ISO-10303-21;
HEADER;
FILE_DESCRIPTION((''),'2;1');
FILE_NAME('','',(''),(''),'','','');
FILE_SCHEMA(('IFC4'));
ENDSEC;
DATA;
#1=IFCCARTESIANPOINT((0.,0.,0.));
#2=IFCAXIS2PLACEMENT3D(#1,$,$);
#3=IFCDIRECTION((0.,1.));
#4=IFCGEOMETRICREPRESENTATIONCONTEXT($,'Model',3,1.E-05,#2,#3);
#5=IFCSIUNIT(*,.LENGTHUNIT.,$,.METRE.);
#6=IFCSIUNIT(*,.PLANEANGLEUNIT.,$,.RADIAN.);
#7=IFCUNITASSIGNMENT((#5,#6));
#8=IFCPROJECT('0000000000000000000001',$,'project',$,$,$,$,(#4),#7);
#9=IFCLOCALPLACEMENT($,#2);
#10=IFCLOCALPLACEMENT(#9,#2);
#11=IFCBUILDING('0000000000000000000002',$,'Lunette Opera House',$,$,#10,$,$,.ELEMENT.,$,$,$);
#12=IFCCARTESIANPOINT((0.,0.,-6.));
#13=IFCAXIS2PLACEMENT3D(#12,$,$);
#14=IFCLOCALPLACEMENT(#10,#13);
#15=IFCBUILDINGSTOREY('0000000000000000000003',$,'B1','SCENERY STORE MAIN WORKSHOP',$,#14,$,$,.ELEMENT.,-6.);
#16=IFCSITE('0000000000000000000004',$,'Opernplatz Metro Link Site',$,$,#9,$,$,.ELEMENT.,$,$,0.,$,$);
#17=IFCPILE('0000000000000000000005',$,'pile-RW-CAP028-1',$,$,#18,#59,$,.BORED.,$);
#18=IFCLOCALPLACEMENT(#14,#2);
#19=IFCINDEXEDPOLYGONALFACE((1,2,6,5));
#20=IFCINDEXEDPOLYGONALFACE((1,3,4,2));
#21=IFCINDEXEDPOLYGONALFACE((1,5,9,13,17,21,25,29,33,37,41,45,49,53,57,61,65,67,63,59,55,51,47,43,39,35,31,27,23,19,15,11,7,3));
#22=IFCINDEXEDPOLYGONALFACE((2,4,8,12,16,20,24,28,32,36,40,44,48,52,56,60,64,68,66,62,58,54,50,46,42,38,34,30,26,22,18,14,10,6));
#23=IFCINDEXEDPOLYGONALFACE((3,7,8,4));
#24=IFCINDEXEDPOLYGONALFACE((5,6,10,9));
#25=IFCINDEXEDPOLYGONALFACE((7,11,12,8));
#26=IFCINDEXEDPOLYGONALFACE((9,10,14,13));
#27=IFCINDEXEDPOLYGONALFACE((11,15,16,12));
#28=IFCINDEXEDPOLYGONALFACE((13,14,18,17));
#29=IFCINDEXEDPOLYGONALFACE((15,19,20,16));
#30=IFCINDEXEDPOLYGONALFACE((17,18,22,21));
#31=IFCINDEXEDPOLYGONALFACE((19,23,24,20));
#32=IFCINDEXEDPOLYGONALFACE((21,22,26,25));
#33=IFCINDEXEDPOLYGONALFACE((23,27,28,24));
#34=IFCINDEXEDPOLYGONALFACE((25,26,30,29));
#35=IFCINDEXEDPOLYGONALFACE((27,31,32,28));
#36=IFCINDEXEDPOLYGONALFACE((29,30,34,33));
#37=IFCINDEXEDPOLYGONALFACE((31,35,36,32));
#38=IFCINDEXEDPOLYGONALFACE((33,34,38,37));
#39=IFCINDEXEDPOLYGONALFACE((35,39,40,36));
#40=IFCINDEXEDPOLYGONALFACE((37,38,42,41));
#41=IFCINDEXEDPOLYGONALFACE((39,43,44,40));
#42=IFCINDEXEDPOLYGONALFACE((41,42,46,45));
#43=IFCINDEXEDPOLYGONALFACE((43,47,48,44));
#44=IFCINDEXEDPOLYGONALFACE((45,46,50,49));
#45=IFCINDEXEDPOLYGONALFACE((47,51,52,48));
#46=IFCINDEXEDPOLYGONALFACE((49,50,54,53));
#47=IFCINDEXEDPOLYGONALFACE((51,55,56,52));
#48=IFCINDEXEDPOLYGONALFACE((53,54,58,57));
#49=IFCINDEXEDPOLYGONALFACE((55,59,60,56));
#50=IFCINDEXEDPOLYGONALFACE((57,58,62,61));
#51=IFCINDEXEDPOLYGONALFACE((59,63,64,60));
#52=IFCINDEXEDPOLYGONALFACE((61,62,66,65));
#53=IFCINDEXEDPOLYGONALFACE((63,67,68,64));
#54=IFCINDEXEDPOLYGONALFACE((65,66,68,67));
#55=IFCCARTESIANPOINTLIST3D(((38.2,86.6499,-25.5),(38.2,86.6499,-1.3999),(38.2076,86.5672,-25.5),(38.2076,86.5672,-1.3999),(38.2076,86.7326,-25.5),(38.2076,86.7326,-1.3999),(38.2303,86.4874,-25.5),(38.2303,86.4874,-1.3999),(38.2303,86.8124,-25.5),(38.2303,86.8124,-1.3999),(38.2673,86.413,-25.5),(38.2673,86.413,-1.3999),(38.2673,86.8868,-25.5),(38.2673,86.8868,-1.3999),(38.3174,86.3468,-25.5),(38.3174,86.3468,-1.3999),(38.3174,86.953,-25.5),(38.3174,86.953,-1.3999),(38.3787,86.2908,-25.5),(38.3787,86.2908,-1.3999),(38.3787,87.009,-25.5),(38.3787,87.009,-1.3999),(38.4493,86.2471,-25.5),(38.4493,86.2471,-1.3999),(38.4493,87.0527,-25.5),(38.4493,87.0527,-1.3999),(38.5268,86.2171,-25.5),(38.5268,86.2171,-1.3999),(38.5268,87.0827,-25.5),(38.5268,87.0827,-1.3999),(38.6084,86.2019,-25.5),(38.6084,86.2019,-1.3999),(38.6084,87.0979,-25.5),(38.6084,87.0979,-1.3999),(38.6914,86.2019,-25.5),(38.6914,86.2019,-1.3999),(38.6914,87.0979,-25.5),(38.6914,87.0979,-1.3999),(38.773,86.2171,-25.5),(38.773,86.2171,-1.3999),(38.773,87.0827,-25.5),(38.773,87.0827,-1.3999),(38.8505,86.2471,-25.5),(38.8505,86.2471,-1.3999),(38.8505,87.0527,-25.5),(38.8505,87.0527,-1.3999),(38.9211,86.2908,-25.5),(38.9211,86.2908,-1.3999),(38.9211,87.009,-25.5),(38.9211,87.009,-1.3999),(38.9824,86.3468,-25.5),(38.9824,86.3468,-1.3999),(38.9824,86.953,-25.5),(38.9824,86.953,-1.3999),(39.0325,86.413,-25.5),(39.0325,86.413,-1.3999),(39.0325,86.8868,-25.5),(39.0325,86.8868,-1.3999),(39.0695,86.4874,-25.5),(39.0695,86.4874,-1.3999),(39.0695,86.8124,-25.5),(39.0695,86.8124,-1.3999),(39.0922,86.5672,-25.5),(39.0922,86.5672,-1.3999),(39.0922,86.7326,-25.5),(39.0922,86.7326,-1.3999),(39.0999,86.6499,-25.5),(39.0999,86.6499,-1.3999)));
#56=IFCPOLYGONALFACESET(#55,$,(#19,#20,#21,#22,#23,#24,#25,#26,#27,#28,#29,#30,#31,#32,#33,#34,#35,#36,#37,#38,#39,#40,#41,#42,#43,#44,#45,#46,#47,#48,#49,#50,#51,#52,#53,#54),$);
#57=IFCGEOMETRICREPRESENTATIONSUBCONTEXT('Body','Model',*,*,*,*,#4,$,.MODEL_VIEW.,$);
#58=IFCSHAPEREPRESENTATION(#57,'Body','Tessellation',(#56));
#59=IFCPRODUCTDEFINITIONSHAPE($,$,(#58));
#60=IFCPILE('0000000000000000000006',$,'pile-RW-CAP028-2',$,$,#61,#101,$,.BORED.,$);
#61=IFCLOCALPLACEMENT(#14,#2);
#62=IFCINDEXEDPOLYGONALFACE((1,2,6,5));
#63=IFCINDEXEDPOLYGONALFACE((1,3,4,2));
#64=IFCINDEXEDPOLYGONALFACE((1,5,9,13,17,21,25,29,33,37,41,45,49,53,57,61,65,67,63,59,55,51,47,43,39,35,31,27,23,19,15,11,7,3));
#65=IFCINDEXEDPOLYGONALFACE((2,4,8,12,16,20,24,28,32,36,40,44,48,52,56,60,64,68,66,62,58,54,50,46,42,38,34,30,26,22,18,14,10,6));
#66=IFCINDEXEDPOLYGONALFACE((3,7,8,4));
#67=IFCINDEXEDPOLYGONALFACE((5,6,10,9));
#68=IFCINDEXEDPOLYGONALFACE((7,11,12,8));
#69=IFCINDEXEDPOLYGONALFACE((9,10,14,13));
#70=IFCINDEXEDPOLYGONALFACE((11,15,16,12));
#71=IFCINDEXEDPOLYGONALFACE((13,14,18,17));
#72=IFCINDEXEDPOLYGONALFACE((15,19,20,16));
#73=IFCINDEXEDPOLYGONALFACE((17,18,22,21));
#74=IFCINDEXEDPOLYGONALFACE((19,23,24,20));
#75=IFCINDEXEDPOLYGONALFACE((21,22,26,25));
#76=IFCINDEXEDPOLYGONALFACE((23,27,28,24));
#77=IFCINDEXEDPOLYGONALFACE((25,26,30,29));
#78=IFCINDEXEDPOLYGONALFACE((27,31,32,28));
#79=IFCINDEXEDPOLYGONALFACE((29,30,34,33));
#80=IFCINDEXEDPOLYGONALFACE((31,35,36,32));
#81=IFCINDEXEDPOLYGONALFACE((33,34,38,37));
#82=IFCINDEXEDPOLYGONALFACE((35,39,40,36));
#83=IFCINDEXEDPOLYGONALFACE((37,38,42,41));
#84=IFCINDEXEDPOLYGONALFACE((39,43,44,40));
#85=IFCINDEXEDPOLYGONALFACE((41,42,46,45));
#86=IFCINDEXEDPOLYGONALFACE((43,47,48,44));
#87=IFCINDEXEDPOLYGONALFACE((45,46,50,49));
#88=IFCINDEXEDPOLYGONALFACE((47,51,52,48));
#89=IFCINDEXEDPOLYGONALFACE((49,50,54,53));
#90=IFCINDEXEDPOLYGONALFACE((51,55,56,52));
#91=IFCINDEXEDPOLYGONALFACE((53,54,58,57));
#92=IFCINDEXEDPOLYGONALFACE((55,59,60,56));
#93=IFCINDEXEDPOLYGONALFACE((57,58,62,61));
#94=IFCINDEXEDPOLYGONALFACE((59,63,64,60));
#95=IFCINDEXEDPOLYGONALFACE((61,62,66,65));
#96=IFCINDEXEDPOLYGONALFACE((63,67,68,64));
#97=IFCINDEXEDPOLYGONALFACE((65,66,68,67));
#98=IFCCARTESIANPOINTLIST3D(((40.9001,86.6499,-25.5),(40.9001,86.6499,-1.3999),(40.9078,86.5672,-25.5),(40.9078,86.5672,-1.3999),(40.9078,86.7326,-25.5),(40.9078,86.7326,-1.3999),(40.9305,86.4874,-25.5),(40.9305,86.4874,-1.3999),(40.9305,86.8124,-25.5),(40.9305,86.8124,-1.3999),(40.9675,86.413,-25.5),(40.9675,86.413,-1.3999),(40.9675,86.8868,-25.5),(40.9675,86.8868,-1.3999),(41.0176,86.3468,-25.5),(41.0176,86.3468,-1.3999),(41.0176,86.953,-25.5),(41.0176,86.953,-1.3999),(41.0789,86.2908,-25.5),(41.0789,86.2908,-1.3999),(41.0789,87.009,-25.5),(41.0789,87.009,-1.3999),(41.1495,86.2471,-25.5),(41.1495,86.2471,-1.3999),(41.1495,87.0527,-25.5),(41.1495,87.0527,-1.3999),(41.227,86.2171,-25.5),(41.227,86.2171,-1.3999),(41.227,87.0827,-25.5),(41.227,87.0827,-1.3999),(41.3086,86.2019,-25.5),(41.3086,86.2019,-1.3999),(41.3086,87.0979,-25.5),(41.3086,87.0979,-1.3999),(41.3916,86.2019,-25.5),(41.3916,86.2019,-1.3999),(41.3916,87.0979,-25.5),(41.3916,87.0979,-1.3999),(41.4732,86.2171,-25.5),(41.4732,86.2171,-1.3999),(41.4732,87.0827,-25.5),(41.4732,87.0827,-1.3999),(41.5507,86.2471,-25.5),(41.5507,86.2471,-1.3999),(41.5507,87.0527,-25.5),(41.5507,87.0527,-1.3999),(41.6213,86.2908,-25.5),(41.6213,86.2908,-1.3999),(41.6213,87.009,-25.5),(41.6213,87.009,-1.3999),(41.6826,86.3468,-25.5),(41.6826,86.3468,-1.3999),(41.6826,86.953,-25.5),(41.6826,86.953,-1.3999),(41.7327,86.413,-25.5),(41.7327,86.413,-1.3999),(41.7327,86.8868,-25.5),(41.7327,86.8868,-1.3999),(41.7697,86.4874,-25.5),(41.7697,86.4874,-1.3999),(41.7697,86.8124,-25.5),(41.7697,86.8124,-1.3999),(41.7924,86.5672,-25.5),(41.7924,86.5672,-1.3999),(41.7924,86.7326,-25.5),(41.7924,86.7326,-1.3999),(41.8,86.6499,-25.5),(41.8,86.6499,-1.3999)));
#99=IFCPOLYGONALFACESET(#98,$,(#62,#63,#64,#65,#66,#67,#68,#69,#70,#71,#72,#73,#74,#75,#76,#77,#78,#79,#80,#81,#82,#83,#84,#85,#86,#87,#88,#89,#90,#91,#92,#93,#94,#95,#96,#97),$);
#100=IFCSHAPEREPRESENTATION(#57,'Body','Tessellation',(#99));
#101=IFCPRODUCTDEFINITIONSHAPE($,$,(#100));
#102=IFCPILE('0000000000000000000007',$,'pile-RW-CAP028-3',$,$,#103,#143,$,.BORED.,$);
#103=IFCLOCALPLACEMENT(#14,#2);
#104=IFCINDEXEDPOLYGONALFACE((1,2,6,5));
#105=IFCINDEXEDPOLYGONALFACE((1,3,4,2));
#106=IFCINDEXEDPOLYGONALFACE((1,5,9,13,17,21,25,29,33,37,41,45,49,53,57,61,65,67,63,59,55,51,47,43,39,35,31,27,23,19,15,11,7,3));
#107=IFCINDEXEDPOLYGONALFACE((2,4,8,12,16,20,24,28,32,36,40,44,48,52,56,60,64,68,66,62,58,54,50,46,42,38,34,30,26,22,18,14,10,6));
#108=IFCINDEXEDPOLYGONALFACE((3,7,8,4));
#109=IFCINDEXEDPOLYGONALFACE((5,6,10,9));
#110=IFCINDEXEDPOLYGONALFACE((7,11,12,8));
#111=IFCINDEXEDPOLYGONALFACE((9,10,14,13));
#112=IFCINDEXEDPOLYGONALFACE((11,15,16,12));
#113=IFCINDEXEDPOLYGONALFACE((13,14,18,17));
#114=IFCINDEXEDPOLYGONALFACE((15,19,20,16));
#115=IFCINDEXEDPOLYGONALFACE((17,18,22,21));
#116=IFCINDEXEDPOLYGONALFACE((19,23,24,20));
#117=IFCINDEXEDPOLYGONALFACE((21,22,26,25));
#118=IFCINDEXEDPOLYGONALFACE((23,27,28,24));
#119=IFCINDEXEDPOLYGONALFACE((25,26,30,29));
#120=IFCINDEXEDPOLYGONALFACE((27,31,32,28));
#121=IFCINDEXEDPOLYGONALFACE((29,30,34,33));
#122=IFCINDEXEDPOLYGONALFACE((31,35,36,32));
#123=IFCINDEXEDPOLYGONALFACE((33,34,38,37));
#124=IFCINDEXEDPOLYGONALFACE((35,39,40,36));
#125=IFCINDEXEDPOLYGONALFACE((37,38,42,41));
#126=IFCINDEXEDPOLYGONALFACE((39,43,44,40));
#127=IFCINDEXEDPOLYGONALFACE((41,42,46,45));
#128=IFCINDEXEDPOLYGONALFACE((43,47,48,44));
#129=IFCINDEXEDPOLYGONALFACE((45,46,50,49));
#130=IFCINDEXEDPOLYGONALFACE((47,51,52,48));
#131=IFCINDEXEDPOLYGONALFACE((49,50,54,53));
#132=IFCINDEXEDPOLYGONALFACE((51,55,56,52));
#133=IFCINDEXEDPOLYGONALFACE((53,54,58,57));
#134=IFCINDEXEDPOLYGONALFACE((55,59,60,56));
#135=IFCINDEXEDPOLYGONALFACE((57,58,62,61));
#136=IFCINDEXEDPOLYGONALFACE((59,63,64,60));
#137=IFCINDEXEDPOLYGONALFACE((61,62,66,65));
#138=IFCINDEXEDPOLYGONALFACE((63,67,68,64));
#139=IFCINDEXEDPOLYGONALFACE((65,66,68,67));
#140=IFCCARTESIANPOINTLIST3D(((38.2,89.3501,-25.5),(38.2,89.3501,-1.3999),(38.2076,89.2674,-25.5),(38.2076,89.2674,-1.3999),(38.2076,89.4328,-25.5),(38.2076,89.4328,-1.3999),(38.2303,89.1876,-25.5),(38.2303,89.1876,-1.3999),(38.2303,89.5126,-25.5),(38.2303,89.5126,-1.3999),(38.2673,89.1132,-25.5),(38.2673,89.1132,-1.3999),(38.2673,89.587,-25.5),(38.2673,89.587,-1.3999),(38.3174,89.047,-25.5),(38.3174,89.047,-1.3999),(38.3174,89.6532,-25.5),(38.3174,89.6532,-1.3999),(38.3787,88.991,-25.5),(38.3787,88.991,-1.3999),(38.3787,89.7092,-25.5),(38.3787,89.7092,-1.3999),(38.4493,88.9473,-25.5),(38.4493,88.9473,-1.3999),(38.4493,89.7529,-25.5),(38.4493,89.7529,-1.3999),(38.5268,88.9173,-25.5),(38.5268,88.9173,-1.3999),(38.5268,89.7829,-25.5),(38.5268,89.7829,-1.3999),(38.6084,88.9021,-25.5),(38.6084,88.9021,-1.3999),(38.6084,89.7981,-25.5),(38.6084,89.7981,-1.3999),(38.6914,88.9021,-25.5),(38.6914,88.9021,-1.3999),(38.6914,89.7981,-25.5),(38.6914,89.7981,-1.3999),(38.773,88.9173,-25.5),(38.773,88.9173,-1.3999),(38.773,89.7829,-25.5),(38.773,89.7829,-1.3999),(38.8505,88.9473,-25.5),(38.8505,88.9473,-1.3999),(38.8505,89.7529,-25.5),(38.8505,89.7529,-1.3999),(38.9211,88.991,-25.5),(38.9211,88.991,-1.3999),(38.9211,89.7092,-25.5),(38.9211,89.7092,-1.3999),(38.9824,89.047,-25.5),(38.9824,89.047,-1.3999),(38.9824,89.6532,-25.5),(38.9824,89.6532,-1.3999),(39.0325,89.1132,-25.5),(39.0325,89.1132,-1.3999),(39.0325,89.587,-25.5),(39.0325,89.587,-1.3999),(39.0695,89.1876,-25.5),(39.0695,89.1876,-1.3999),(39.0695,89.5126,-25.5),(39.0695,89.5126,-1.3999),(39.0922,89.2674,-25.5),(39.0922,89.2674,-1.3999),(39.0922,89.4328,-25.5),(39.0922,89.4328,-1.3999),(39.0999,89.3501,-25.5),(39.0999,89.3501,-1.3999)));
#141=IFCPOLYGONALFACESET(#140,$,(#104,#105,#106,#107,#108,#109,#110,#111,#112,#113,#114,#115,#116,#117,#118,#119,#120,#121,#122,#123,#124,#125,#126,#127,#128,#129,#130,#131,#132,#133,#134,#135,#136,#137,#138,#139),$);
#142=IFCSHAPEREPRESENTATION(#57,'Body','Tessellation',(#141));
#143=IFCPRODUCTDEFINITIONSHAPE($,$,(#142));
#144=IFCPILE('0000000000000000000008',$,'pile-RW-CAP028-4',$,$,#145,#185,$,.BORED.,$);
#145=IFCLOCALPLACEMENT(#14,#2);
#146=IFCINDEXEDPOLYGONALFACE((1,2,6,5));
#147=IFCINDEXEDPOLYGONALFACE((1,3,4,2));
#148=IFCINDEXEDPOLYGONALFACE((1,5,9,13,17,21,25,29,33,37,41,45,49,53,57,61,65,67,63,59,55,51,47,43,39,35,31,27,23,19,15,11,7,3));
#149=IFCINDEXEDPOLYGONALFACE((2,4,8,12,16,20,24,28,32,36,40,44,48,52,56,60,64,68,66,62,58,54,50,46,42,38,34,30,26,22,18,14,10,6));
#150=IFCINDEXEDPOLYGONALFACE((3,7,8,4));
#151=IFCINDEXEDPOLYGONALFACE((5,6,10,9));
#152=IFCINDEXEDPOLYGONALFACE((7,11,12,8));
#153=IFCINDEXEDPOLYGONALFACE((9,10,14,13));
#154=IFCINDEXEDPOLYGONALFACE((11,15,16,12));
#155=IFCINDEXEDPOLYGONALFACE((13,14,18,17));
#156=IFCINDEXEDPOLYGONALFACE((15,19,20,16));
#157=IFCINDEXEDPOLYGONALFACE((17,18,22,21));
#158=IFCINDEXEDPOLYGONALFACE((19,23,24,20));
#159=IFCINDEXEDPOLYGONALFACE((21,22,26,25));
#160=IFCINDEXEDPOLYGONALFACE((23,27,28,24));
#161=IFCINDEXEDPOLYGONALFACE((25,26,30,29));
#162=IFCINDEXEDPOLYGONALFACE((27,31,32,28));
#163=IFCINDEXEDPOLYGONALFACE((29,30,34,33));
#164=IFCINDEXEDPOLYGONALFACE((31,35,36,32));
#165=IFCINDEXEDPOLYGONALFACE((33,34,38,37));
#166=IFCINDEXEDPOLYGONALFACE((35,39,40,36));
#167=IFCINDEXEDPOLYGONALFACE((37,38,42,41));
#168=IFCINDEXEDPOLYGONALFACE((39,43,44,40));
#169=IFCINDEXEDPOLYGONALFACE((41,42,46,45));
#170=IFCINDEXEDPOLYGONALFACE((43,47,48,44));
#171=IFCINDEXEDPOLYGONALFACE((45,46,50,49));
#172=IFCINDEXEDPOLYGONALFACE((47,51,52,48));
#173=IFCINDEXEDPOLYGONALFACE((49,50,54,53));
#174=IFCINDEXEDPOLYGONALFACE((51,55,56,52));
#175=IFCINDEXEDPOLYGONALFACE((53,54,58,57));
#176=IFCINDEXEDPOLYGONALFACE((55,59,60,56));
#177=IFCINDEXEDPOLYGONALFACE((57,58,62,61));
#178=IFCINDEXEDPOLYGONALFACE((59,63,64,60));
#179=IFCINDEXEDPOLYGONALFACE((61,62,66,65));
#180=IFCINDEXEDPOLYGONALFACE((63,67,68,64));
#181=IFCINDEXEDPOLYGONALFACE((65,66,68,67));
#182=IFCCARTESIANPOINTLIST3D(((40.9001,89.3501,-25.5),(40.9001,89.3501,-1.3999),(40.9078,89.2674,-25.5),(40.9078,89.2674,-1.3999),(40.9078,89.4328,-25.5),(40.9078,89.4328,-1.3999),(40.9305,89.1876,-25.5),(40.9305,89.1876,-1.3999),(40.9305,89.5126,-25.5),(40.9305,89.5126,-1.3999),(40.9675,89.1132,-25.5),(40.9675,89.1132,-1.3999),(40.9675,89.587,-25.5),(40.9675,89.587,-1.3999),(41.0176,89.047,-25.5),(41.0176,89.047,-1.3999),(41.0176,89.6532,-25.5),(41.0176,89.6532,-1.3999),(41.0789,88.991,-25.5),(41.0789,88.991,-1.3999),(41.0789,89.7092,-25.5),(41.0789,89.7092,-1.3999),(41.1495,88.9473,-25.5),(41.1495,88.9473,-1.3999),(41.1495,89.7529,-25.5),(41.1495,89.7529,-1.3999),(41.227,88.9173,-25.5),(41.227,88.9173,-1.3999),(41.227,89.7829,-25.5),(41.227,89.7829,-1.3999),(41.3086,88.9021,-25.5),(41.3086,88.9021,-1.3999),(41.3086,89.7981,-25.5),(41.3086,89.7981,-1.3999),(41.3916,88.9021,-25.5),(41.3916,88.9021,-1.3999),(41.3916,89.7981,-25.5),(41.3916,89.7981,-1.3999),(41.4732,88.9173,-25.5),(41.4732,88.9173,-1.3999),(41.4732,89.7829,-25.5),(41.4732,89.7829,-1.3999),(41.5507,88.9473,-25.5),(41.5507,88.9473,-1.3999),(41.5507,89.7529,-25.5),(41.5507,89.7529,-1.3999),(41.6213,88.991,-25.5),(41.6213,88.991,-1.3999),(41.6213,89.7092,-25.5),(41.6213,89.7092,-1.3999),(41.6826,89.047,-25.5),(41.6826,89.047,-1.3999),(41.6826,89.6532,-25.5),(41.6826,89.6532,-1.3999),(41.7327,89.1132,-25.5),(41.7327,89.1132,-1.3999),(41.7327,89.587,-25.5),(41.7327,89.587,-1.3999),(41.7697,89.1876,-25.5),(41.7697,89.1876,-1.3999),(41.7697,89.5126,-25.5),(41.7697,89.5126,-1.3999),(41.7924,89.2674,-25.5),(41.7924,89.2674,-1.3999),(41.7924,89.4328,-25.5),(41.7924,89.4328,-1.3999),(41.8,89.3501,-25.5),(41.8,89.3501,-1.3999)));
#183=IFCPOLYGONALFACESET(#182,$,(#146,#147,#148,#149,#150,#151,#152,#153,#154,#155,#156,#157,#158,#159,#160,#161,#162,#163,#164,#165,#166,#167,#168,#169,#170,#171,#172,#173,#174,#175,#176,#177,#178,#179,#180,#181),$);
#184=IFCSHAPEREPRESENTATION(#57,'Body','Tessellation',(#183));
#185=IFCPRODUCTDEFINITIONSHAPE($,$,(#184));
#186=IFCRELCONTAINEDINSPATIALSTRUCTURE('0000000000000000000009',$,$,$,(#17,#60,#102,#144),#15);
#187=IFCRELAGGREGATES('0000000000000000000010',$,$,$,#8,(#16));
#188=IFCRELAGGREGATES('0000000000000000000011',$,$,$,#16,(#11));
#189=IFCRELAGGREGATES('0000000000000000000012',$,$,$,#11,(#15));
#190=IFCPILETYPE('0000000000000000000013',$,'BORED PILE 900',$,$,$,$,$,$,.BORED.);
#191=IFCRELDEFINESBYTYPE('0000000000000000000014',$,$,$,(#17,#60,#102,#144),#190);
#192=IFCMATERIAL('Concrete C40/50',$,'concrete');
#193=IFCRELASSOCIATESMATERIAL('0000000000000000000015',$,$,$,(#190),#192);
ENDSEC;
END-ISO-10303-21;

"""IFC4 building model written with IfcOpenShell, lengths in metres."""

from ifc_helpers import new_model, si_unit, direction, frame, origin, origin_2d, place, context, subcontext, project, spatial, circle, extrude, material, material_profile, profile_set, type_object, element, save


model = new_model("IFC4")

# Units and contexts
model_context = context("Model", 3, precision=1e-05, world=origin(), true_north=direction((0.0, 1.0)))
body_context = subcontext(model_context, "Body", "Model", "MODEL_VIEW")
ifc_project = project(units=[si_unit("LENGTHUNIT", "METRE"), si_unit("PLANEANGLEUNIT", "RADIAN")], contexts=[model_context])

# Site, building, storey
site_placement = place(None, origin())
site = spatial("IfcSite", under=ifc_project, at=site_placement, Name="Opernplatz Metro Link Site", CompositionType="ELEMENT", RefElevation=0.0)
building_placement = place(site_placement, origin())
building = spatial("IfcBuilding", under=site, at=building_placement, Name="Lunette Opera House", CompositionType="ELEMENT")
storey_placement = place(building_placement, frame((0.0, 0.0, -6.0)))
storey = spatial("IfcBuildingStorey", under=building, at=storey_placement, Name="B1", Description="SCENERY STORE MAIN WORKSHOP", CompositionType="ELEMENT", Elevation=-6.0)

# Piles
ifc_material_1 = material(Name="Concrete C40/50", Category="concrete")
ifc_material_profile_1 = material_profile(ifc_material_1, circle(Radius=0.45, at=origin_2d()), Name="BORED PILE 900")
ifc_profile_set_1 = profile_set([ifc_material_profile_1], Name="Concrete C40/50")
pile_type = type_object("IfcPileType", Name="BORED PILE 900", PredefinedType="BORED", material=ifc_profile_set_1)
for number, where, z_axis, x_axis, name in (
    (1, (38.6499, 86.6499, -1.3999), (0.0, 0.0, -1.0), (1.0, 0.0, 0.0), "pile-RW-CAP028-1"),
    (2, (41.3501, 86.6499, -1.3999), (0.0, 0.0, -1.0), (1.0, 0.0, 0.0), "pile-RW-CAP028-2"),
    (3, (38.6499, 89.3501, -1.3999), (0.0, 0.0, -1.0), (1.0, 0.0, 0.0), "pile-RW-CAP028-3"),
    (4, (41.3501, 89.3501, -1.3999), (0.0, 0.0, -1.0), (1.0, 0.0, 0.0), "pile-RW-CAP028-4"),
):
    element("IfcPile", number, at=place(storey_placement, frame(where, z_axis=z_axis, x_axis=x_axis)), inside=storey, type_object=pile_type, Name=name, PredefinedType="BORED", context=body_context, shape_type="SweptSolid", body=[
        extrude(circle(Radius=0.45, at=origin_2d()), origin(), (0.0, 0.0, 1.0), 24.1001),
    ])

save(model, "model.ifc")
